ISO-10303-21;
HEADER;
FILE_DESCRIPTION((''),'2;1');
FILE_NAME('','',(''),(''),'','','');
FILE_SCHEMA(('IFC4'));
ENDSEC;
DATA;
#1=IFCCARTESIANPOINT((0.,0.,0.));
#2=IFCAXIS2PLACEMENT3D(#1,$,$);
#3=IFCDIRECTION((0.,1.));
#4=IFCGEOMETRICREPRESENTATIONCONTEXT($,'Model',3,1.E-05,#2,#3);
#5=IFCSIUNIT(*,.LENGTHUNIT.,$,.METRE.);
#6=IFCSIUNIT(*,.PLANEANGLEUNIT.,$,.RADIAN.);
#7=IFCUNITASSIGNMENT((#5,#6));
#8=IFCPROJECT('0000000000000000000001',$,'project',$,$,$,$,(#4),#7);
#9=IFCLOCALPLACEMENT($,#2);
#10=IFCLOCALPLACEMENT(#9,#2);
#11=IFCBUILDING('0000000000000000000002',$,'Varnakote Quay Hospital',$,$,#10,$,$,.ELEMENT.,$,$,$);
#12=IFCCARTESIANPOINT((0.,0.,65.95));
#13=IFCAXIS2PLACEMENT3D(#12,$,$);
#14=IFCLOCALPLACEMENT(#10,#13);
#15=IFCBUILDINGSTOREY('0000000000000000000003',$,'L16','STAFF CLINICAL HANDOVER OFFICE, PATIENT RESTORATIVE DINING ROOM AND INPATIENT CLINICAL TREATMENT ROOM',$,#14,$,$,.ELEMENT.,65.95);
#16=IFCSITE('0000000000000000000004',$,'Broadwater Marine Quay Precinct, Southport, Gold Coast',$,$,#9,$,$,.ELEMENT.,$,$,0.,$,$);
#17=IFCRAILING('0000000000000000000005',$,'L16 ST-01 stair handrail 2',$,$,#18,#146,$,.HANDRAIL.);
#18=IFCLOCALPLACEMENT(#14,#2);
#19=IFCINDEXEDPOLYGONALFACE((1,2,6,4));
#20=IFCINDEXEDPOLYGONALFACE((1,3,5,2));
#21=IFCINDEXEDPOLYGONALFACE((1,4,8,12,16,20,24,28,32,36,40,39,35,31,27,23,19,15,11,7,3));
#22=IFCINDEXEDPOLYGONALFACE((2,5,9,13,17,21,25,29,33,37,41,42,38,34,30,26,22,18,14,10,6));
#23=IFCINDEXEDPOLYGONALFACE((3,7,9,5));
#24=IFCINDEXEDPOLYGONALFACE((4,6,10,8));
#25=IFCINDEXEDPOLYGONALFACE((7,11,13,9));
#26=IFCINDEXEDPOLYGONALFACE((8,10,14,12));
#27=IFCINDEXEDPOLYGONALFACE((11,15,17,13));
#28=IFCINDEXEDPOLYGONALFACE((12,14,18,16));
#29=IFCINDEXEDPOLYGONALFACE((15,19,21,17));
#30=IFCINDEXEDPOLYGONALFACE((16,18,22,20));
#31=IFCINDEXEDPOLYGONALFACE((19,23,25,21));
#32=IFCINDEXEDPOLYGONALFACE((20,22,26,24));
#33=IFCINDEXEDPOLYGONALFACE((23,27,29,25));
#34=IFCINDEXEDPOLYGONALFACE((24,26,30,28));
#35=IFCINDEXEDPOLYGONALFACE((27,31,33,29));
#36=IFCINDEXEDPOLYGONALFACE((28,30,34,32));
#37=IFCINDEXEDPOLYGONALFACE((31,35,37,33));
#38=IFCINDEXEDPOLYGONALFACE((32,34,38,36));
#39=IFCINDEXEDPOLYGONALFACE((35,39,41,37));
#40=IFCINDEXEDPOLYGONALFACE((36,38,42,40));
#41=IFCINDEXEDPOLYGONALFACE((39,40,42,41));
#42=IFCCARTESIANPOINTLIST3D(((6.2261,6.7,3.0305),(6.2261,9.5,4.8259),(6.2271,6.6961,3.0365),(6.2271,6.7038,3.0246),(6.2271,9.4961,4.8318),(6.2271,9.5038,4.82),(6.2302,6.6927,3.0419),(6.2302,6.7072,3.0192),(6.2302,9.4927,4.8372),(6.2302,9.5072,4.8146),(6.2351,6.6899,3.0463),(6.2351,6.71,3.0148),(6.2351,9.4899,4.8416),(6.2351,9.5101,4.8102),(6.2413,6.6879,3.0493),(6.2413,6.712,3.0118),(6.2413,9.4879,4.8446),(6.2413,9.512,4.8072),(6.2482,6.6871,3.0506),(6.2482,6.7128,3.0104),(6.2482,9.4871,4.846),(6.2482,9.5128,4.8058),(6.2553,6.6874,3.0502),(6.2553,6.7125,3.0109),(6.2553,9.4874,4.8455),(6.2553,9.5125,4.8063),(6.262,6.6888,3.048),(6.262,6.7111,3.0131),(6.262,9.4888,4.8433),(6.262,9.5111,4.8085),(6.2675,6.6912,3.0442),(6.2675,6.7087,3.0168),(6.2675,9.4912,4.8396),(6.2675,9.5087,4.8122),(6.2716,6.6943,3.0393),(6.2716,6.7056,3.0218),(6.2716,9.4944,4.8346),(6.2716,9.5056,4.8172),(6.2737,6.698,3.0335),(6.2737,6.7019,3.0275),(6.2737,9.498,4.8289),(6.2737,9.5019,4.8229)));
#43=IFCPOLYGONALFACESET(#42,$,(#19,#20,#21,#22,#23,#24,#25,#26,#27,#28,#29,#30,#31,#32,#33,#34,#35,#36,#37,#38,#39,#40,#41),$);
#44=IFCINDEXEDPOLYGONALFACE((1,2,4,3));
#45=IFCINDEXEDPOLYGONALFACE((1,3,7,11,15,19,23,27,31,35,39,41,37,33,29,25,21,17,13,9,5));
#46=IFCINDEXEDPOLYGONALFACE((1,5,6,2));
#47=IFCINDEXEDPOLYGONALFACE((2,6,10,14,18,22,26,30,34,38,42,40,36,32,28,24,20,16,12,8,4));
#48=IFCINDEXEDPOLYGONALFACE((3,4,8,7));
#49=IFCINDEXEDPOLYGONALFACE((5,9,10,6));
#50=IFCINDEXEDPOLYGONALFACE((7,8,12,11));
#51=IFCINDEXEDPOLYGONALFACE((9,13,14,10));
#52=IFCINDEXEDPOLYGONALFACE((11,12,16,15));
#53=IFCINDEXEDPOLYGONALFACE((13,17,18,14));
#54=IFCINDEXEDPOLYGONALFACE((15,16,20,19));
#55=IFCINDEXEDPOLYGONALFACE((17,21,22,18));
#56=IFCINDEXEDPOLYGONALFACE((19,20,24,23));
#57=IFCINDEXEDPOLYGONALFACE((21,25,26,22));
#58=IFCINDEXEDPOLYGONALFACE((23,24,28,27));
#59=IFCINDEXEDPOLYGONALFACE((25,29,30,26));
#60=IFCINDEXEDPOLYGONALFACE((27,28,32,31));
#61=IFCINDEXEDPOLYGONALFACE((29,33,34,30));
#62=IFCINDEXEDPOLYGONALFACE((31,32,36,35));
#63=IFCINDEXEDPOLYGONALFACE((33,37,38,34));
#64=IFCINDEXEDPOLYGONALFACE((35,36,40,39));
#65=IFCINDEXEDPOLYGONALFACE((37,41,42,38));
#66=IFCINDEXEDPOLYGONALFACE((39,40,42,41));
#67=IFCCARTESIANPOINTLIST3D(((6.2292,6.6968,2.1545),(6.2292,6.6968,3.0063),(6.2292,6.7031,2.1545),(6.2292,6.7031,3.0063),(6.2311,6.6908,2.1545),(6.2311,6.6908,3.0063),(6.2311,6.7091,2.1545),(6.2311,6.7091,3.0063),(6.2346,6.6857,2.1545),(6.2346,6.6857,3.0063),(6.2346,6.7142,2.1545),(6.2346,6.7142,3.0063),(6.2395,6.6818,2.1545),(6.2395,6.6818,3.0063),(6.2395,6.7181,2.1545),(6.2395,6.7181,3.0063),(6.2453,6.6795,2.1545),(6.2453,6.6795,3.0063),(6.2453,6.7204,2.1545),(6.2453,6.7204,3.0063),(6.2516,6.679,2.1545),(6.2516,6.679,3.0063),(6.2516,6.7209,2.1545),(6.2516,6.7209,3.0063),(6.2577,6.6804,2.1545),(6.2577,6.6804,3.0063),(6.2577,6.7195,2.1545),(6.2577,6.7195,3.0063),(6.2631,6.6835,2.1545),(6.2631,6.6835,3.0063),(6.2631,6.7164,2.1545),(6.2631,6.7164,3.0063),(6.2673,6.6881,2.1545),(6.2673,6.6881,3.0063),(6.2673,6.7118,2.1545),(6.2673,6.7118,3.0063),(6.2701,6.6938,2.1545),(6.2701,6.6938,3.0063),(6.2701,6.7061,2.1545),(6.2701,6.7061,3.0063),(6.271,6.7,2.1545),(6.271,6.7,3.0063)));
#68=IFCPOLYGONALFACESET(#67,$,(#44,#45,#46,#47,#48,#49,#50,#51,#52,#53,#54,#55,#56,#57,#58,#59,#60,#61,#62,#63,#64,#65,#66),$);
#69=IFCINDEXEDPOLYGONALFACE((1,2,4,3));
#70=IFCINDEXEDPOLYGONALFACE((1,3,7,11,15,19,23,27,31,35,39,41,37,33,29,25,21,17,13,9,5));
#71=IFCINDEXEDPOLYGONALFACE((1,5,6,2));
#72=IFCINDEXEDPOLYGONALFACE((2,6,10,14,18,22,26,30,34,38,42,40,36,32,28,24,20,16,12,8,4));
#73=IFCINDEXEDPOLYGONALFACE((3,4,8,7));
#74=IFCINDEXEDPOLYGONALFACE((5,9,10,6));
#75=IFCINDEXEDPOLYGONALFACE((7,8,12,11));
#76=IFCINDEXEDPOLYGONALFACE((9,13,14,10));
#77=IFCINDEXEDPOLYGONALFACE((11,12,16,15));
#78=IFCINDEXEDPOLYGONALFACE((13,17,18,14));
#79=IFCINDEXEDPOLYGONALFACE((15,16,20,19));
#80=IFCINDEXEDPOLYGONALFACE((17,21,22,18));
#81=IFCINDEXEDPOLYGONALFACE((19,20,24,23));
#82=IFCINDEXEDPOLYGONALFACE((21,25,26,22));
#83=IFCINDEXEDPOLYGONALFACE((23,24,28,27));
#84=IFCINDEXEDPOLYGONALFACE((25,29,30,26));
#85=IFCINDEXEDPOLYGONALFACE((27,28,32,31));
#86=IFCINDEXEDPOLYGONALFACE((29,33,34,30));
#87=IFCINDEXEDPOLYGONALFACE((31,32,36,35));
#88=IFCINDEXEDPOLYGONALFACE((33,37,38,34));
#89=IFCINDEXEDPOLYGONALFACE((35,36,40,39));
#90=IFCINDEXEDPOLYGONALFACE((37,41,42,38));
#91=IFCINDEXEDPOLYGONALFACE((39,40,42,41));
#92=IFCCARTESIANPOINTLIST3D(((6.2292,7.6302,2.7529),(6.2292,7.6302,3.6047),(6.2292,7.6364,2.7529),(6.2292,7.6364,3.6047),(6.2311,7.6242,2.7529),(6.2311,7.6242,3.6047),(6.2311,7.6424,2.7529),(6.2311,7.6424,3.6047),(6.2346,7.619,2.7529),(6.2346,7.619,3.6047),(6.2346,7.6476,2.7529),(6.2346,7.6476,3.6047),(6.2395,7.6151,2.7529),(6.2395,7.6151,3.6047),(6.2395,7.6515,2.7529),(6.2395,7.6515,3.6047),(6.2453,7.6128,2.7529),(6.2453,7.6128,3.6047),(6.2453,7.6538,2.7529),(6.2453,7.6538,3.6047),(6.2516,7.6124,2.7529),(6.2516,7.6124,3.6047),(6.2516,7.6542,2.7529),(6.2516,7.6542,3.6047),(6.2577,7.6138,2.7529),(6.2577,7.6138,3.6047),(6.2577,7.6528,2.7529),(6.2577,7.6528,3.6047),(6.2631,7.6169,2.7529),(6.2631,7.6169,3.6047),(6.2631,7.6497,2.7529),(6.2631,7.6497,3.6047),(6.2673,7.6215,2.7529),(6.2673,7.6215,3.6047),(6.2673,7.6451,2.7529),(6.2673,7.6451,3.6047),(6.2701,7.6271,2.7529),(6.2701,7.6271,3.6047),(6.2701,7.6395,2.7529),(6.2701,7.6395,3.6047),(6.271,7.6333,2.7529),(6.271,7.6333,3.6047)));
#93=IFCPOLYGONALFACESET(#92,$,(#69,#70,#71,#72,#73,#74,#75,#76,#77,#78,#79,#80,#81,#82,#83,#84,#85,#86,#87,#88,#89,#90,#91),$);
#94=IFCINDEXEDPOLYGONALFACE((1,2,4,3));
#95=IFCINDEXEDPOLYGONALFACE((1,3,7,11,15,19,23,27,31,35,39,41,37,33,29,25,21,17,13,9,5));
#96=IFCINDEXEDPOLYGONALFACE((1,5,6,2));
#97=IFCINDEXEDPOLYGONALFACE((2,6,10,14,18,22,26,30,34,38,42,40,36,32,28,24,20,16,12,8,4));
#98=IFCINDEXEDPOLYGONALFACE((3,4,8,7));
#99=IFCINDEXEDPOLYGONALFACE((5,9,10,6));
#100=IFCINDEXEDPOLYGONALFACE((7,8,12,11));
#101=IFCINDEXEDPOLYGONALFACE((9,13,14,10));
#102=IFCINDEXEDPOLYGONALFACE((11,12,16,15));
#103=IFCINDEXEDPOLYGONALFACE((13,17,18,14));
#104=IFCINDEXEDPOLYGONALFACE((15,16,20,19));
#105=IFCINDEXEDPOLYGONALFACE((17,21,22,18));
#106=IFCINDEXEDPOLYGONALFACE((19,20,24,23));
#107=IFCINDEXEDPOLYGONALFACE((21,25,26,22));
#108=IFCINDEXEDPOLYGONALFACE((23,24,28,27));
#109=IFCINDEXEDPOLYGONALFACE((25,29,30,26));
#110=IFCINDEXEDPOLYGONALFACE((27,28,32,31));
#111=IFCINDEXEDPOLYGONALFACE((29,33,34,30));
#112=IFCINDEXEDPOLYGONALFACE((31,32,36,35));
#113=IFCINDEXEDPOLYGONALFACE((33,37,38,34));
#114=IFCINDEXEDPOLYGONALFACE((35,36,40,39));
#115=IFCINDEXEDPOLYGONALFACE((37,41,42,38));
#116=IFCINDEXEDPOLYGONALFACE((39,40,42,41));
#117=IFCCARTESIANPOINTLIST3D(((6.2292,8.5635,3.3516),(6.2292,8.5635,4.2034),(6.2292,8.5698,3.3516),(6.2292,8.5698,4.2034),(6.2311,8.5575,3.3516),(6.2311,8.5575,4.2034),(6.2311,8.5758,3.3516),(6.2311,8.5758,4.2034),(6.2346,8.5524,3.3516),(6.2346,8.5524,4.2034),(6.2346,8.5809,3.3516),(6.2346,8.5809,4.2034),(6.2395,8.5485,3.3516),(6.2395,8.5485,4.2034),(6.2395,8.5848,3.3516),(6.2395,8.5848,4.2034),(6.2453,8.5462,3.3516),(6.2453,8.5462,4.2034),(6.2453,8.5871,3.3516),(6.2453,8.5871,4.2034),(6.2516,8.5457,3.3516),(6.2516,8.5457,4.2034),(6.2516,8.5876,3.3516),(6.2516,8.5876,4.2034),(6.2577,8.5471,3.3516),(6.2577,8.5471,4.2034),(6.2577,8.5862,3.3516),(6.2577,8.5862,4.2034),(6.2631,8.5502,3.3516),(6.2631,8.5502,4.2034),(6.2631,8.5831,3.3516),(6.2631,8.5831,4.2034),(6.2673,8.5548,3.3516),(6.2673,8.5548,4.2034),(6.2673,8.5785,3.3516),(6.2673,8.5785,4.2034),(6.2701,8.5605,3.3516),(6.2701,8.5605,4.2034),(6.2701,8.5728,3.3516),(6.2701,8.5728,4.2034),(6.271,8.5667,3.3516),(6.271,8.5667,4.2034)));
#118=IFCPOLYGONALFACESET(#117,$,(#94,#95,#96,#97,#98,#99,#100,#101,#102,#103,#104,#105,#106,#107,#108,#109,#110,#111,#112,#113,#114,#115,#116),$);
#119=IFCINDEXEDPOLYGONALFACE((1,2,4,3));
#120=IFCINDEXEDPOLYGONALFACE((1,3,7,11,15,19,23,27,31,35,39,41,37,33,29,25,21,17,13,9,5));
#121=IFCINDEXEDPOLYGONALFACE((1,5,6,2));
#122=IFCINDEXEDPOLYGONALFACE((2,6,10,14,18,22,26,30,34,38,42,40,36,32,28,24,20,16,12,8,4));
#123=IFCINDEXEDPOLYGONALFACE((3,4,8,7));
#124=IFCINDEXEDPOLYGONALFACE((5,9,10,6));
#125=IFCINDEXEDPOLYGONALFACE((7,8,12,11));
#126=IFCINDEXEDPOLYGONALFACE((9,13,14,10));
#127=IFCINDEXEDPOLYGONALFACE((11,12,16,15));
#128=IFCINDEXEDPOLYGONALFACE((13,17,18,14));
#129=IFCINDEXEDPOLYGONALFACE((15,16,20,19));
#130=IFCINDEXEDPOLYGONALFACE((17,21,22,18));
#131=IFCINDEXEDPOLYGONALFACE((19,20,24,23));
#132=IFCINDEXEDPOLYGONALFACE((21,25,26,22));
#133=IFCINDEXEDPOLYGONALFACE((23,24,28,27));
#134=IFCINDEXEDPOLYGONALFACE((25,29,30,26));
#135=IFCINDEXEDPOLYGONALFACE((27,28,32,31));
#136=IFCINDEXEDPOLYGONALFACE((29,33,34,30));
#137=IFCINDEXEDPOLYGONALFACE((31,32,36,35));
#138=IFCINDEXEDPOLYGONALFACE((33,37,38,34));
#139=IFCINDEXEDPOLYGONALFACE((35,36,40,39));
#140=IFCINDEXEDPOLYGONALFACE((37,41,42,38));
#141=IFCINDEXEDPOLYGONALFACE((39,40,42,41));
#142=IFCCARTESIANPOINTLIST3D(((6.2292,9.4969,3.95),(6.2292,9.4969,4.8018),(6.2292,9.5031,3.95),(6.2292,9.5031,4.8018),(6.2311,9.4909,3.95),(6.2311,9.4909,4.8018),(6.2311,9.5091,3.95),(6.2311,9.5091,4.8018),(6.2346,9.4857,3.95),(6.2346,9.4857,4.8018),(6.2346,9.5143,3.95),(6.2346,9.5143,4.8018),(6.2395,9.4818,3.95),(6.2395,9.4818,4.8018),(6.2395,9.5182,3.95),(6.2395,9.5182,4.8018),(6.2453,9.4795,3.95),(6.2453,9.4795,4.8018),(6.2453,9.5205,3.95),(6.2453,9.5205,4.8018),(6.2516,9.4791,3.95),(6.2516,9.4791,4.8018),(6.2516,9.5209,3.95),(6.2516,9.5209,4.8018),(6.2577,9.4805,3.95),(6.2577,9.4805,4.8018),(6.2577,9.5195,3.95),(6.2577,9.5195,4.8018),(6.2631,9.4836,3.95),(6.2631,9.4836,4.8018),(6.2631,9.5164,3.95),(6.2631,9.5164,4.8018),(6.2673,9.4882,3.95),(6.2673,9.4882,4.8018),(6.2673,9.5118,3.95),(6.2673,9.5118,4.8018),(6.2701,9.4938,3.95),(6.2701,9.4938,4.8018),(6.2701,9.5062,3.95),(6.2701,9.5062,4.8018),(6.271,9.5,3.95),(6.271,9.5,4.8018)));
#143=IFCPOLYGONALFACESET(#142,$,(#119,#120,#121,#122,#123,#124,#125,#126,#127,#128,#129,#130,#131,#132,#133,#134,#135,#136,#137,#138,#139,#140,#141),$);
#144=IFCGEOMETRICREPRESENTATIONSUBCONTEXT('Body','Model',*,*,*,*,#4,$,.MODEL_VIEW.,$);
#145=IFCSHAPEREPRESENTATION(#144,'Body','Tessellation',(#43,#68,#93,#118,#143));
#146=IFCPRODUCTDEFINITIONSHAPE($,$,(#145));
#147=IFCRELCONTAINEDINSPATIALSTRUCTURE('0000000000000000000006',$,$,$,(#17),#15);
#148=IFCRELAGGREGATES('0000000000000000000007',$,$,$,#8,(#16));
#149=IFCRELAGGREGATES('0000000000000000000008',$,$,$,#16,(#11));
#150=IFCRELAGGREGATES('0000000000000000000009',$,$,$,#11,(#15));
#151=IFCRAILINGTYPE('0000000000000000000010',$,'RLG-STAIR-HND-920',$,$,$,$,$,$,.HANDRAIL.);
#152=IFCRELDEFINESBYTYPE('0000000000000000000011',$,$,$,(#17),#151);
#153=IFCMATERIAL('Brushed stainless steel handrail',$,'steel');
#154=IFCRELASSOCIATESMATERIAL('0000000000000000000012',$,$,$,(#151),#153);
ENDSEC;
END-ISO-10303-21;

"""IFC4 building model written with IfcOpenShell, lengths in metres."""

from ifc_helpers import new_model, si_unit, direction, frame, origin, origin_2d, place, context, subcontext, project, spatial, circle, extrude, material, type_object, element, save


model = new_model("IFC4")

# Units and contexts
model_context = context("Model", 3, precision=1e-05, world=origin(), true_north=direction((0.0, 1.0)))
body_context = subcontext(model_context, "Body", "Model", "MODEL_VIEW")
ifc_project = project(units=[si_unit("LENGTHUNIT", "METRE"), si_unit("PLANEANGLEUNIT", "RADIAN")], contexts=[model_context])

# Site, building, storey
site_placement = place(None, origin())
site = spatial("IfcSite", under=ifc_project, at=site_placement, Name="Broadwater Marine Quay Precinct, Southport, Gold Coast", CompositionType="ELEMENT", RefElevation=0.0)
building_placement = place(site_placement, origin())
building = spatial("IfcBuilding", under=site, at=building_placement, Name="Varnakote Quay Hospital", CompositionType="ELEMENT")
storey_placement = place(building_placement, frame((0.0, 0.0, 65.95)))
storey = spatial("IfcBuildingStorey", under=building, at=storey_placement, Name="L16", Description="STAFF CLINICAL HANDOVER OFFICE, PATIENT RESTORATIVE DINING ROOM AND INPATIENT CLINICAL TREATMENT ROOM", CompositionType="ELEMENT", Elevation=65.95)

# Railing
ifc_material_1 = material(Name="Brushed stainless steel handrail", Category="steel")
railing_type_1 = type_object("IfcRailingType", Name="RLG-STAIR-HND-920", PredefinedType="HANDRAIL", material=ifc_material_1)
railing_1_placement = place(storey_placement, frame((6.25, 6.7, 2.1545)))
element("IfcRailing", 1, at=railing_1_placement, inside=storey, type_object=railing_type_1, Name="L16 ST-01 stair handrail 2", PredefinedType="HANDRAIL", context=body_context, shape_type="SweptSolid", body=[
    extrude(circle(Radius=0.0239, at=origin_2d()), frame((0.0, 0.0, 0.876), z_axis=(0.0, 0.84181, 0.539774), x_axis=(-1.0, 0.0, 0.0)), (0.0, 0.0, 1.0), 3.3262),
    extrude(circle(Radius=0.021, at=origin_2d()), origin(), (0.0, 0.0, 1.0), 0.8518),
    extrude(circle(Radius=0.021, at=origin_2d()), frame((0.0, 0.9333, 0.5984)), (0.0, 0.0, 1.0), 0.8518),
    extrude(circle(Radius=0.021, at=origin_2d()), frame((0.0, 1.8667, 1.197)), (0.0, 0.0, 1.0), 0.8518),
    extrude(circle(Radius=0.021, at=origin_2d()), frame((0.0, 2.8, 1.7954)), (0.0, 0.0, 1.0), 0.8518),
])

save(model, "model.ifc")
